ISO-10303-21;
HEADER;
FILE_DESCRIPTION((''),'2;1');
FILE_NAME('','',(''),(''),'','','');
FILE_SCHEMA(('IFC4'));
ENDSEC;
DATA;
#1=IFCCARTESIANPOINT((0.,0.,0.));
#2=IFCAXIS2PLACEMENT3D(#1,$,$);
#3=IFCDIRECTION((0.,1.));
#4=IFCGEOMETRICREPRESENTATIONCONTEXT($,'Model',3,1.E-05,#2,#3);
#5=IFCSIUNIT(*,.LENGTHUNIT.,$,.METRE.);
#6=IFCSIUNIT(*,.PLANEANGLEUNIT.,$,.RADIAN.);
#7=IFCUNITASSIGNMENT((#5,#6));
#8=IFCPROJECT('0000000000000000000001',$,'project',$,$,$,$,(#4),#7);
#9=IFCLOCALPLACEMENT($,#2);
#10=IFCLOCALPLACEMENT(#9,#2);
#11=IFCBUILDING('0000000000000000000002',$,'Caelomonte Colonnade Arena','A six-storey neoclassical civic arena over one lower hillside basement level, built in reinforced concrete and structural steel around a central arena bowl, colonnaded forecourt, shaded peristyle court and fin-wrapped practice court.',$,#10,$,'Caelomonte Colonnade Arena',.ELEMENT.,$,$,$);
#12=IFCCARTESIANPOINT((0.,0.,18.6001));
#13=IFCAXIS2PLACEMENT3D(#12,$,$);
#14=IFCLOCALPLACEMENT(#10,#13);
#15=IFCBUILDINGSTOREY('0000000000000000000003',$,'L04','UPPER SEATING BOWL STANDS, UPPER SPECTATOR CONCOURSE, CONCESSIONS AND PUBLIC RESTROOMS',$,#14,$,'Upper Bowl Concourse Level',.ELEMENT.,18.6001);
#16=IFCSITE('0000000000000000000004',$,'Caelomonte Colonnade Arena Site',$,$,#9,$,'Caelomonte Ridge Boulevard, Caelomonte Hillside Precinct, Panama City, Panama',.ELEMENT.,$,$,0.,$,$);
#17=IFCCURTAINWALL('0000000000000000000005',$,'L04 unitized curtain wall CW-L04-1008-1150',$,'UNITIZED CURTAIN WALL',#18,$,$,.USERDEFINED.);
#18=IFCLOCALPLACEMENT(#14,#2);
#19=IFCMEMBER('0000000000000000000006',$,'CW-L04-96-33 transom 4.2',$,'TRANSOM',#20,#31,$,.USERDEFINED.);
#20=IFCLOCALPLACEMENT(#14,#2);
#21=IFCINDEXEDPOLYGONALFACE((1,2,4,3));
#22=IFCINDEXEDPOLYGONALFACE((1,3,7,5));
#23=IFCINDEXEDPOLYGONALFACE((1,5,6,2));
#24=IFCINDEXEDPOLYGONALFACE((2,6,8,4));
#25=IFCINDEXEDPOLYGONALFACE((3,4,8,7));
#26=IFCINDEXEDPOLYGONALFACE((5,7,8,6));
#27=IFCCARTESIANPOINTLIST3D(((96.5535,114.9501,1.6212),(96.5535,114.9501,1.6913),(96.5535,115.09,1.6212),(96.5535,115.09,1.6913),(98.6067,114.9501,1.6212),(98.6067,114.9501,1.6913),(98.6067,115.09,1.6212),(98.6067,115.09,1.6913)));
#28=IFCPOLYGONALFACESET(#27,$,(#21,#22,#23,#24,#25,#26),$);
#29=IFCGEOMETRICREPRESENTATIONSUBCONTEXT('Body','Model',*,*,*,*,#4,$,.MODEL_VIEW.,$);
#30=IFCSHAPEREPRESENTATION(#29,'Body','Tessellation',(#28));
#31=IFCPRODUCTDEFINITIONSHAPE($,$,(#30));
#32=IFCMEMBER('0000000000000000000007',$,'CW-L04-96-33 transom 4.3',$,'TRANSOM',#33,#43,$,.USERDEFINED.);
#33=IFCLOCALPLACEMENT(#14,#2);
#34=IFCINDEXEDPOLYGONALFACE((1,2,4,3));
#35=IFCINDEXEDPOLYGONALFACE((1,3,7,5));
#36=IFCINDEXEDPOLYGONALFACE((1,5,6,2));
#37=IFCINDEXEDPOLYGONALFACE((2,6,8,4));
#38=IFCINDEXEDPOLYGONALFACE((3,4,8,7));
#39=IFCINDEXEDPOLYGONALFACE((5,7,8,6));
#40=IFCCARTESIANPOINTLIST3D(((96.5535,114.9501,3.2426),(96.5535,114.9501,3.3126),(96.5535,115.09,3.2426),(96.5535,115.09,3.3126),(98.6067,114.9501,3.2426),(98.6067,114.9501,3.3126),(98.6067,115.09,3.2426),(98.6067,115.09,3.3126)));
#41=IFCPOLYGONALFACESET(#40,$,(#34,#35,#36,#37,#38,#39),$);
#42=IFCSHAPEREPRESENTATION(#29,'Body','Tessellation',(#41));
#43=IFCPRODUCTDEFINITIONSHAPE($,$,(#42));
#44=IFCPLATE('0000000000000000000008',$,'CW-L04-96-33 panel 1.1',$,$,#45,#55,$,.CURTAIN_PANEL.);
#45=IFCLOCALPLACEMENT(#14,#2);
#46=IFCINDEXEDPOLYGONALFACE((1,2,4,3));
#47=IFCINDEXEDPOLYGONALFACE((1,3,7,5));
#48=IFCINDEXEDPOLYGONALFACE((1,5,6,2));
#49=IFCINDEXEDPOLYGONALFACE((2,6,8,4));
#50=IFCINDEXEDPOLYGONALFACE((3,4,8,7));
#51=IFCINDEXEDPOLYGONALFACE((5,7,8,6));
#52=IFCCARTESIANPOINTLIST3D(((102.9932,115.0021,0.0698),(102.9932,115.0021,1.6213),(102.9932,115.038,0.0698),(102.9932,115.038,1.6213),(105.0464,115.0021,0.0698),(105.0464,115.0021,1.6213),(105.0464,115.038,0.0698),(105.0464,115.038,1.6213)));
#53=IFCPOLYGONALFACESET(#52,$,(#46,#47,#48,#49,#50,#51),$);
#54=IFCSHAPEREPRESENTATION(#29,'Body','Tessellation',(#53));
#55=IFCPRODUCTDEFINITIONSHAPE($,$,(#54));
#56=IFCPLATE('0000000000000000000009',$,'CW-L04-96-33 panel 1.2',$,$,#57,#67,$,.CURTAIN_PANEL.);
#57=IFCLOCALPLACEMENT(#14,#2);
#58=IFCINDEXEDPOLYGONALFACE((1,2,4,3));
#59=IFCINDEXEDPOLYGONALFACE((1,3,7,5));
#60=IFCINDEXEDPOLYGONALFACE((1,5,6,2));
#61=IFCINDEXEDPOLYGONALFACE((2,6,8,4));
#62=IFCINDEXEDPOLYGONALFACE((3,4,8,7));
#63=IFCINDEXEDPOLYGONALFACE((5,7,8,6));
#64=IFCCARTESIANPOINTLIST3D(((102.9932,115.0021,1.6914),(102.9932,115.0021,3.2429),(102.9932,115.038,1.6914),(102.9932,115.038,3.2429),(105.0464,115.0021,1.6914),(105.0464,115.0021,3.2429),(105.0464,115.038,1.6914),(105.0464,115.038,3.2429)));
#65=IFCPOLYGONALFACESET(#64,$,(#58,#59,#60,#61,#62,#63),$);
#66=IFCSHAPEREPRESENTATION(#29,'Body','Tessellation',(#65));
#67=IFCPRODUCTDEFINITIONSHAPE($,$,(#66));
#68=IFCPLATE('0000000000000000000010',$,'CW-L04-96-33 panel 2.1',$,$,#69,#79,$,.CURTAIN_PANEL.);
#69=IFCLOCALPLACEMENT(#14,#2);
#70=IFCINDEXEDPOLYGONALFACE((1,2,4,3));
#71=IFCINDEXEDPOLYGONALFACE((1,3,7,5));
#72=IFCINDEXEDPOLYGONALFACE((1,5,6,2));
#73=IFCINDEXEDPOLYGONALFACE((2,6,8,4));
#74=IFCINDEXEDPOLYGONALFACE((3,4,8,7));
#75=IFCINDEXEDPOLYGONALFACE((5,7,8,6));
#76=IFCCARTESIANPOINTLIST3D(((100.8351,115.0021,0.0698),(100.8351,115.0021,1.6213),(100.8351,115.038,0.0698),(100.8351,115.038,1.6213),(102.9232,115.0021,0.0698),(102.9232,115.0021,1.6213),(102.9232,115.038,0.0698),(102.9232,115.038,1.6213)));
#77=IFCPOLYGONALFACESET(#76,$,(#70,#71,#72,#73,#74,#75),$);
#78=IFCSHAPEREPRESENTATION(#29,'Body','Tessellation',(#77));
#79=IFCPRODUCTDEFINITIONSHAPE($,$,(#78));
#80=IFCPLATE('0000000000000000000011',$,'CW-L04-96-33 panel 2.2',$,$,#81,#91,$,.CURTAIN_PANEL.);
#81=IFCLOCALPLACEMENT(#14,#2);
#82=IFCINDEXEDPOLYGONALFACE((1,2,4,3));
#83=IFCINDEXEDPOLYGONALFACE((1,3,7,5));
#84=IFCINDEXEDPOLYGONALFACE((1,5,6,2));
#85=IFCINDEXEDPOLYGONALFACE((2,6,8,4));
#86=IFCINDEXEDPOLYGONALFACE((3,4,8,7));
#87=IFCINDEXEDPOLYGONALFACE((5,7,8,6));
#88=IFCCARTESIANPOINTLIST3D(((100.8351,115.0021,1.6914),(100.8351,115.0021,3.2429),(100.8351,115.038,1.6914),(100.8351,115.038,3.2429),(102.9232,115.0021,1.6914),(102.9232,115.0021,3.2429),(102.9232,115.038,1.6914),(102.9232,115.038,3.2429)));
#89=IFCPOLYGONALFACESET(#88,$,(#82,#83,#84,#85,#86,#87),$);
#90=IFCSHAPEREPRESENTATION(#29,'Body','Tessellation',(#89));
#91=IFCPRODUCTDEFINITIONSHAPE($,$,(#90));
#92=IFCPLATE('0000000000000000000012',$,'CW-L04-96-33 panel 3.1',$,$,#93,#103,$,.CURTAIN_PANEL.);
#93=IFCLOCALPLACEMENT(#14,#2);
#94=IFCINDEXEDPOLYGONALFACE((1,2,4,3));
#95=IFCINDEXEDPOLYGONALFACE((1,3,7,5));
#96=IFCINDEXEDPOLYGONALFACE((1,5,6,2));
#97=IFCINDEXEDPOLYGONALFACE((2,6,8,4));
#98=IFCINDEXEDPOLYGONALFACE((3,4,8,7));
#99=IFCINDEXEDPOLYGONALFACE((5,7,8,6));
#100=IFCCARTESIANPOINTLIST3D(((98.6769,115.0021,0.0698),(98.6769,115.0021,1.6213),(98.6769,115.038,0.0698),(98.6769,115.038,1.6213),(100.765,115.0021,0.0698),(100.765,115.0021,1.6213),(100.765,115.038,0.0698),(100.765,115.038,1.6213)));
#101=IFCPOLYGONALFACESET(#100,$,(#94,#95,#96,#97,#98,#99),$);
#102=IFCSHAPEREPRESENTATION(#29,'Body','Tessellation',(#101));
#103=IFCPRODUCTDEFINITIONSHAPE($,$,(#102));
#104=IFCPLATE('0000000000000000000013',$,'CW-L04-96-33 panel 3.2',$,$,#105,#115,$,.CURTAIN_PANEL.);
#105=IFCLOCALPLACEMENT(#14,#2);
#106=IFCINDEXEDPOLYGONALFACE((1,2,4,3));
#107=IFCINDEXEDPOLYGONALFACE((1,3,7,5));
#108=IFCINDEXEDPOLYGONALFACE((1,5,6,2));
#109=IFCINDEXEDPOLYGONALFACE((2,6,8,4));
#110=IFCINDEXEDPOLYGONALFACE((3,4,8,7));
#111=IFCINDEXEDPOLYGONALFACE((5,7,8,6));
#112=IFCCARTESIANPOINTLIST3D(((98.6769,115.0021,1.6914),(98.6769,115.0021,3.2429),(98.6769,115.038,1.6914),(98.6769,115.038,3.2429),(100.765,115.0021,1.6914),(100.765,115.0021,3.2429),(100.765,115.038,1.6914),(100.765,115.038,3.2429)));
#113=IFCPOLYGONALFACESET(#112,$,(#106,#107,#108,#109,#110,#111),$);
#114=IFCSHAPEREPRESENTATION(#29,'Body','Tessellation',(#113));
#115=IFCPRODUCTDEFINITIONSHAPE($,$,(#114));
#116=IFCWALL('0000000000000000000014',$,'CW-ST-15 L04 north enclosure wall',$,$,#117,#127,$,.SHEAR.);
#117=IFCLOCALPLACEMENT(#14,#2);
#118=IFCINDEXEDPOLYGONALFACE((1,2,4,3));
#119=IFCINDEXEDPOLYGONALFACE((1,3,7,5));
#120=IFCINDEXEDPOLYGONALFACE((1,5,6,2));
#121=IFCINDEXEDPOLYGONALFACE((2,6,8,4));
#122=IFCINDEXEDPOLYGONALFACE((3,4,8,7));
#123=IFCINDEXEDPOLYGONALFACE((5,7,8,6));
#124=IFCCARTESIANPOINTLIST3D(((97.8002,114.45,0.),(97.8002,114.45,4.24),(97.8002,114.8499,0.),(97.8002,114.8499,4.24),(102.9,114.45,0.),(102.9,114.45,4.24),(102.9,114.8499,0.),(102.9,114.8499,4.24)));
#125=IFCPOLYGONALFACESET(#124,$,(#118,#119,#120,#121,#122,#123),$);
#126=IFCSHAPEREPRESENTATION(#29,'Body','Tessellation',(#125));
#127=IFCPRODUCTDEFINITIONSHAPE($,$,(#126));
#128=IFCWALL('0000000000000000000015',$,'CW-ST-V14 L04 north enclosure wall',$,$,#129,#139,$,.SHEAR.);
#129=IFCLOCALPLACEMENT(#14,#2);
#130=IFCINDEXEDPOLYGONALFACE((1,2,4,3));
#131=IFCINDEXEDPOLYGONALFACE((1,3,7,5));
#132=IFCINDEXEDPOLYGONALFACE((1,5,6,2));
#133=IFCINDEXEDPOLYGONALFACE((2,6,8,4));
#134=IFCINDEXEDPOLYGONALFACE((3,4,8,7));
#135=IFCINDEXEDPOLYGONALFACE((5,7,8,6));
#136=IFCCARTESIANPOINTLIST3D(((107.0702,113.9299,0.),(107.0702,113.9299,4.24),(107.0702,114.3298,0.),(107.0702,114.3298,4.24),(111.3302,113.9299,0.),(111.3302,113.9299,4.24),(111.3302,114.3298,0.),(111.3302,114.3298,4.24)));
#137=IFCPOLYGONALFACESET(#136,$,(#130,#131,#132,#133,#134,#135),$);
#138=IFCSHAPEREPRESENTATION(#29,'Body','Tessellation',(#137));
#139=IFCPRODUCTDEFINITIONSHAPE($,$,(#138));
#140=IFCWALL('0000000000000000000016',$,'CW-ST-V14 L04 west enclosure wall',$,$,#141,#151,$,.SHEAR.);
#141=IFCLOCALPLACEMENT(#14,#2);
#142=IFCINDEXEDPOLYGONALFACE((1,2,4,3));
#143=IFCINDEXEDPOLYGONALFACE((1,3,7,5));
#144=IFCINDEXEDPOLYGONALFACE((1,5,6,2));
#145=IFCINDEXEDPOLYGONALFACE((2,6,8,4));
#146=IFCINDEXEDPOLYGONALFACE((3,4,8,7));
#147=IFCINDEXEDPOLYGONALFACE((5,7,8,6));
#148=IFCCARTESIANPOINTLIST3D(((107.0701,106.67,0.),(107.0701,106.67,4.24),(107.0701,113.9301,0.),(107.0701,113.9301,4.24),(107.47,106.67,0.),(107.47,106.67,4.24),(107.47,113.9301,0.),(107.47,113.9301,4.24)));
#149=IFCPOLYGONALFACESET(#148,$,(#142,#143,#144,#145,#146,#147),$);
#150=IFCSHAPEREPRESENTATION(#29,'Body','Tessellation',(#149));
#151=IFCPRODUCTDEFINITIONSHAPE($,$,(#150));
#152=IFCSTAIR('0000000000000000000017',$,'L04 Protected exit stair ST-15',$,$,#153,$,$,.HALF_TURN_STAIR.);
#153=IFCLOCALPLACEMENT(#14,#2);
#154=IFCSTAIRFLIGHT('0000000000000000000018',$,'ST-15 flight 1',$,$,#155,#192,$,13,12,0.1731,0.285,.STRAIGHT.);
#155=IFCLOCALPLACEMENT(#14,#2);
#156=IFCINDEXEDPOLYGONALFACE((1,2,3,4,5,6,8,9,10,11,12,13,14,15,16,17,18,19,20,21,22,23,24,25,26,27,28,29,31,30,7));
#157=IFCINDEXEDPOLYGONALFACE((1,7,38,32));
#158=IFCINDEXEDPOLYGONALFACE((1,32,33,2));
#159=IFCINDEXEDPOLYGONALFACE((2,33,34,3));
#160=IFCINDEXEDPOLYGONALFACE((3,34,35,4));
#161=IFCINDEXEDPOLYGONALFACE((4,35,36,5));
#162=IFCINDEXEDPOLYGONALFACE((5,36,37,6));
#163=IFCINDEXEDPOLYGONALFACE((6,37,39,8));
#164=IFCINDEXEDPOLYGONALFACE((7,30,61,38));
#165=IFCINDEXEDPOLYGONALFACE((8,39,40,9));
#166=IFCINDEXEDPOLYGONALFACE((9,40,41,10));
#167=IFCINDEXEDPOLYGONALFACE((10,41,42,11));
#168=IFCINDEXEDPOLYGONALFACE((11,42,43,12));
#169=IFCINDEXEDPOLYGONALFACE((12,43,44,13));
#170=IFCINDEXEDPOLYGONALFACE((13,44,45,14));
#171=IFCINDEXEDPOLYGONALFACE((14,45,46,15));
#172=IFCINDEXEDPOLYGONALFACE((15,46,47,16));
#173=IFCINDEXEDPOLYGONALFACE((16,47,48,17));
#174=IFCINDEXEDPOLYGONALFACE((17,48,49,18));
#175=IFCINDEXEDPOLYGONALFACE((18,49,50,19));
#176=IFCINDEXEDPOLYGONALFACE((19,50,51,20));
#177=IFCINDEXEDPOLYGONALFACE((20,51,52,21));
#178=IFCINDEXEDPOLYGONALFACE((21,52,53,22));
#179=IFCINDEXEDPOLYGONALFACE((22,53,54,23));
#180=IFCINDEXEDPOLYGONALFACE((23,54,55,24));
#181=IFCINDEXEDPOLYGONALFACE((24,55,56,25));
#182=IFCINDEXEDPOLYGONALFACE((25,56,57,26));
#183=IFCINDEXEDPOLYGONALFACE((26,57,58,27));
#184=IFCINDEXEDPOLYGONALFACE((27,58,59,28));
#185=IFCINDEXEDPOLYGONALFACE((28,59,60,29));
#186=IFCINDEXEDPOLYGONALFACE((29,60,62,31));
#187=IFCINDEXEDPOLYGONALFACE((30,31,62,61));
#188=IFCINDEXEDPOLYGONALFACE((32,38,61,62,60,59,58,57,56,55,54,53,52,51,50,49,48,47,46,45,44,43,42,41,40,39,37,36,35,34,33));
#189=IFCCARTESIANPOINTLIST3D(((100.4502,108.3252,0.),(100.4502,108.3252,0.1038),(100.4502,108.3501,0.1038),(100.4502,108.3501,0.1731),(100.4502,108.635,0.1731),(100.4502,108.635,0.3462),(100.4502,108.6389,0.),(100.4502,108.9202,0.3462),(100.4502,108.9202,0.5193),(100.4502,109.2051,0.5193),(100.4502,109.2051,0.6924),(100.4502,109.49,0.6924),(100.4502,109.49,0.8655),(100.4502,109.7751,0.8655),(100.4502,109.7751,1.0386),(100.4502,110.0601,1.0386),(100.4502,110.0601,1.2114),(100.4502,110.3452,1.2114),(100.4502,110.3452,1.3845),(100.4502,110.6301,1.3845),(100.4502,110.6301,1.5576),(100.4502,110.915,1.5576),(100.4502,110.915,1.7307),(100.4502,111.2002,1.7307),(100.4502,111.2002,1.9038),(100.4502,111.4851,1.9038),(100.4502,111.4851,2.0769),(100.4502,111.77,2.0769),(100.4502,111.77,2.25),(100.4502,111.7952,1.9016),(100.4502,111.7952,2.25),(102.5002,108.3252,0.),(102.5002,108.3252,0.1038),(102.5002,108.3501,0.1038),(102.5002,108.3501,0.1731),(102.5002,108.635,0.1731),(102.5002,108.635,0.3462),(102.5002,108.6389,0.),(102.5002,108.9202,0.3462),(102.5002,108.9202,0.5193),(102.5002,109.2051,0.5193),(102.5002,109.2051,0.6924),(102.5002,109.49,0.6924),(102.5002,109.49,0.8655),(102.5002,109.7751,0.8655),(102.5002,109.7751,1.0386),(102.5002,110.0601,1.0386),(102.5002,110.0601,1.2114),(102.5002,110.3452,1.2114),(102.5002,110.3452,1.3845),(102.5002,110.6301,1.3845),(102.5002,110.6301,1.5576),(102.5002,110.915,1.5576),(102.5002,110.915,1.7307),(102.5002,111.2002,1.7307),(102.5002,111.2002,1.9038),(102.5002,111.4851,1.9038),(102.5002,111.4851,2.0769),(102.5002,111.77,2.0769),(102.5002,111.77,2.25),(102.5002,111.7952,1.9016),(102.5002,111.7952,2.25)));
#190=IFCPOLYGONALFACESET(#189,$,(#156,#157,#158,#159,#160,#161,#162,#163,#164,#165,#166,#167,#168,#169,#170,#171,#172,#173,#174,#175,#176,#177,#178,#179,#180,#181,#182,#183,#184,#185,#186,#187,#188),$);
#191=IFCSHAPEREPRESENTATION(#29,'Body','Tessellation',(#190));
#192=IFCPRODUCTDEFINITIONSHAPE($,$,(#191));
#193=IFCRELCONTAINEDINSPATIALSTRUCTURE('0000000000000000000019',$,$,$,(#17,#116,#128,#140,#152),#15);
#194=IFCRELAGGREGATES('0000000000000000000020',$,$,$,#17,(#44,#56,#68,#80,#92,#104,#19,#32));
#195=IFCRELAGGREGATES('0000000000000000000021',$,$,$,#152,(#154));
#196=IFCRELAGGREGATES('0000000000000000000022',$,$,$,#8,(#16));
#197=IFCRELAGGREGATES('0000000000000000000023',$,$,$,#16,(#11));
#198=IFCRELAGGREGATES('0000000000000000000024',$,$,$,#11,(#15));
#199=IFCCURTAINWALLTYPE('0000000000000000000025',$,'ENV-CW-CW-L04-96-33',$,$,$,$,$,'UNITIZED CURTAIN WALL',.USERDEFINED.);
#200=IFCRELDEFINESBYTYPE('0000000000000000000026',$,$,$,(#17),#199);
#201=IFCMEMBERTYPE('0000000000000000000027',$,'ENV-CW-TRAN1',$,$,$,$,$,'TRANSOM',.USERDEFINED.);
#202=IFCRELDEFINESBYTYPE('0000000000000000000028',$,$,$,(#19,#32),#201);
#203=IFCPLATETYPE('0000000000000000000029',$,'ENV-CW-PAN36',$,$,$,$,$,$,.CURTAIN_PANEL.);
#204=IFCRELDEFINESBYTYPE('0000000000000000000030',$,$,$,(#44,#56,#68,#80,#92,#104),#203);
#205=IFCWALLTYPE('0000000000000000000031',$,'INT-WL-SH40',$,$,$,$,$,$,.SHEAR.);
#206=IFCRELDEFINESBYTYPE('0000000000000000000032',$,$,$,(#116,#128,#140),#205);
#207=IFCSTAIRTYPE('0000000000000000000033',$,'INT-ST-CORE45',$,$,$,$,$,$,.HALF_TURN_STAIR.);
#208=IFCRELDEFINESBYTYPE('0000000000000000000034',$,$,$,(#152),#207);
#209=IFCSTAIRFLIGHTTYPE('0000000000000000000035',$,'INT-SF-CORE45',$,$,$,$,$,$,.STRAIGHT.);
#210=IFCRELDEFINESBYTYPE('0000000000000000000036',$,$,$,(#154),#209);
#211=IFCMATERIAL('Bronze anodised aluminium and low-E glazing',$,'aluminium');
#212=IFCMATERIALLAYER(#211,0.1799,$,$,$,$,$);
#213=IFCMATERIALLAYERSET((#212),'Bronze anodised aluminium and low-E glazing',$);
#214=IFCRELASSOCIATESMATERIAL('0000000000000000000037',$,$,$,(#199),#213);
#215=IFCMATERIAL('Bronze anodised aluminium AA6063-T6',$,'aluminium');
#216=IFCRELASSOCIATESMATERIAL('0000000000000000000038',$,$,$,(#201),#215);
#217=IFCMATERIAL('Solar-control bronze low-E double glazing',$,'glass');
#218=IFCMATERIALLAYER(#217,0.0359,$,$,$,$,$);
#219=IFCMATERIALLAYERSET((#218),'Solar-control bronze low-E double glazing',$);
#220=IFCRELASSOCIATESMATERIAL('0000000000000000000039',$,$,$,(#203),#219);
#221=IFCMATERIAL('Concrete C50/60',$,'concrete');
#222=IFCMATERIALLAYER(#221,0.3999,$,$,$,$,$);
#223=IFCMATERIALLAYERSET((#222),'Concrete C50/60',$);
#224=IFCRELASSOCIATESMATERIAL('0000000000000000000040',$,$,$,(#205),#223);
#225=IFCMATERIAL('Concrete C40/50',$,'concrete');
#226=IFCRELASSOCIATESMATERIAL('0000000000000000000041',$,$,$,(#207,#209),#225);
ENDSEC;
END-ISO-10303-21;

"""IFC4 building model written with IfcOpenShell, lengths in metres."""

from ifc_helpers import new_model, si_unit, direction, frame, frame_2d, origin, origin_2d, place, context, subcontext, project, spatial, polyline, rectangle, outline, extrude, material, layer, layer_set, material_profile, profile_set, type_object, element, aggregate, save


model = new_model("IFC4")

# Units and contexts
model_context = context("Model", 3, precision=1e-05, world=origin(), true_north=direction((0.0, 1.0)))
body_context = subcontext(model_context, "Body", "Model", "MODEL_VIEW")
ifc_project = project(units=[si_unit("LENGTHUNIT", "METRE"), si_unit("PLANEANGLEUNIT", "RADIAN")], contexts=[model_context])

# Site, building, storey
site_placement = place(None, origin())
site = spatial("IfcSite", under=ifc_project, at=site_placement, Name="Caelomonte Colonnade Arena Site", LongName="Caelomonte Ridge Boulevard, Caelomonte Hillside Precinct, Panama City, Panama", CompositionType="ELEMENT", RefElevation=0.0)
building_placement = place(site_placement, origin())
building = spatial("IfcBuilding", under=site, at=building_placement, Name="Caelomonte Colonnade Arena", Description="A six-storey neoclassical civic arena over one lower hillside basement level, built in reinforced concrete and structural steel around a central arena bowl, colonnaded forecourt, shaded peristyle court and fin-wrapped practice court.", LongName="Caelomonte Colonnade Arena", CompositionType="ELEMENT")
storey_placement = place(building_placement, frame((0.0, 0.0, 18.6001)))
storey = spatial("IfcBuildingStorey", under=building, at=storey_placement, Name="L04", Description="UPPER SEATING BOWL STANDS, UPPER SPECTATOR CONCOURSE, CONCESSIONS AND PUBLIC RESTROOMS", LongName="Upper Bowl Concourse Level", CompositionType="ELEMENT", Elevation=18.6001)

# Shared definitions
ifc_material_1 = material(Name="Bronze anodised aluminium and low-E glazing", Category="aluminium")
ifc_layer_1 = layer(ifc_material_1, 0.1799)
ifc_layer_set_1 = layer_set([ifc_layer_1], Name="Bronze anodised aluminium and low-E glazing")
curtain_wall_type = type_object("IfcCurtainWallType", Name="ENV-CW-CW-L04-96-33", ElementType="UNITIZED CURTAIN WALL", PredefinedType="USERDEFINED", material=ifc_layer_set_1)
ifc_material_2 = material(Name="Bronze anodised aluminium AA6063-T6", Category="aluminium")

# Curtain wall, members, plates
curtain_wall_1_placement = place(storey_placement, origin())
curtain_wall_1 = element("IfcCurtainWall", 1, at=curtain_wall_1_placement, inside=storey, type_object=curtain_wall_type, Name="L04 unitized curtain wall CW-L04-1008-1150", ObjectType="UNITIZED CURTAIN WALL", PredefinedType="USERDEFINED")
ifc_material_profile_1 = material_profile(ifc_material_2, rectangle(XDim=0.0701, YDim=0.1399, at=origin_2d()), Name="CWT-70X140")
ifc_profile_set_1 = profile_set([ifc_material_profile_1], Name="Bronze anodised aluminium AA6063-T6")
member_type_1 = type_object("IfcMemberType", Name="ENV-CW-TRAN1", ElementType="TRANSOM", PredefinedType="USERDEFINED", material=ifc_profile_set_1)
member_1_placement = place(storey_placement, frame((98.6067, 115.02, 1.6562), z_axis=(-1.0, 0.0, 0.0), x_axis=(0.0, 0.0, 1.0)))
member_1 = element("IfcMember", 2, at=member_1_placement, type_object=member_type_1, Name="CW-L04-96-33 transom 4.2", ObjectType="TRANSOM", PredefinedType="USERDEFINED", context=body_context, shape_type="SweptSolid", body=[
    extrude(rectangle(XDim=0.0701, YDim=0.1399, at=origin_2d()), origin(), (0.0, 0.0, 1.0), 2.0532),
])
member_2_placement = place(storey_placement, frame((98.6067, 115.02, 3.2776), z_axis=(-1.0, 0.0, 0.0), x_axis=(0.0, 0.0, 1.0)))
member_2 = element("IfcMember", 3, at=member_2_placement, type_object=member_type_1, Name="CW-L04-96-33 transom 4.3", ObjectType="TRANSOM", PredefinedType="USERDEFINED", context=body_context, shape_type="SweptSolid", body=[
    extrude(rectangle(XDim=0.0701, YDim=0.1399, at=origin_2d()), origin(), (0.0, 0.0, 1.0), 2.0532),
])
ifc_material_3 = material(Name="Solar-control bronze low-E double glazing", Category="glass")
ifc_layer_2 = layer(ifc_material_3, 0.0359)
ifc_layer_set_2 = layer_set([ifc_layer_2], Name="Solar-control bronze low-E double glazing")
plate_type = type_object("IfcPlateType", Name="ENV-CW-PAN36", PredefinedType="CURTAIN_PANEL", material=ifc_layer_set_2)
plate_1_placement = place(storey_placement, frame((104.0198, 115.02, 0.0698), z_axis=(0.0, 0.0, 1.0), x_axis=(-1.0, 0.0, 0.0)))
plate_1 = element("IfcPlate", 4, at=plate_1_placement, type_object=plate_type, Name="CW-L04-96-33 panel 1.1", PredefinedType="CURTAIN_PANEL", context=body_context, shape_type="SweptSolid", body=[
    extrude(rectangle(XDim=2.0532, YDim=0.0359, at=origin_2d()), origin(), (0.0, 0.0, 1.0), 1.5515),
])
plate_2_placement = place(storey_placement, frame((104.0198, 115.02, 1.6914), z_axis=(0.0, 0.0, 1.0), x_axis=(-1.0, 0.0, 0.0)))
plate_2 = element("IfcPlate", 5, at=plate_2_placement, type_object=plate_type, Name="CW-L04-96-33 panel 1.2", PredefinedType="CURTAIN_PANEL", context=body_context, shape_type="SweptSolid", body=[
    extrude(rectangle(XDim=2.0532, YDim=0.0359, at=origin_2d()), origin(), (0.0, 0.0, 1.0), 1.5515),
])
plate_3_placement = place(storey_placement, frame((101.8792, 115.02, 0.0698), z_axis=(0.0, 0.0, 1.0), x_axis=(-1.0, 0.0, 0.0)))
plate_3 = element("IfcPlate", 6, at=plate_3_placement, type_object=plate_type, Name="CW-L04-96-33 panel 2.1", PredefinedType="CURTAIN_PANEL", context=body_context, shape_type="SweptSolid", body=[
    extrude(rectangle(XDim=2.0881, YDim=0.0359, at=origin_2d()), origin(), (0.0, 0.0, 1.0), 1.5515),
])
plate_4_placement = place(storey_placement, frame((101.8792, 115.02, 1.6914), z_axis=(0.0, 0.0, 1.0), x_axis=(-1.0, 0.0, 0.0)))
plate_4 = element("IfcPlate", 7, at=plate_4_placement, type_object=plate_type, Name="CW-L04-96-33 panel 2.2", PredefinedType="CURTAIN_PANEL", context=body_context, shape_type="SweptSolid", body=[
    extrude(rectangle(XDim=2.0881, YDim=0.0359, at=origin_2d()), origin(), (0.0, 0.0, 1.0), 1.5515),
])
plate_5_placement = place(storey_placement, frame((99.7209, 115.02, 0.0698), z_axis=(0.0, 0.0, 1.0), x_axis=(-1.0, 0.0, 0.0)))
plate_5 = element("IfcPlate", 8, at=plate_5_placement, type_object=plate_type, Name="CW-L04-96-33 panel 3.1", PredefinedType="CURTAIN_PANEL", context=body_context, shape_type="SweptSolid", body=[
    extrude(rectangle(XDim=2.0881, YDim=0.0359, at=origin_2d()), origin(), (0.0, 0.0, 1.0), 1.5515),
])
plate_6_placement = place(storey_placement, frame((99.7209, 115.02, 1.6914), z_axis=(0.0, 0.0, 1.0), x_axis=(-1.0, 0.0, 0.0)))
plate_6 = element("IfcPlate", 9, at=plate_6_placement, type_object=plate_type, Name="CW-L04-96-33 panel 3.2", PredefinedType="CURTAIN_PANEL", context=body_context, shape_type="SweptSolid", body=[
    extrude(rectangle(XDim=2.0881, YDim=0.0359, at=origin_2d()), origin(), (0.0, 0.0, 1.0), 1.5515),
])
aggregate(curtain_wall_1, [plate_1, plate_2, plate_3, plate_4, plate_5, plate_6, member_1, member_2])

# Walls
ifc_material_4 = material(Name="Concrete C50/60", Category="concrete")
ifc_layer_3 = layer(ifc_material_4, 0.3999)
ifc_layer_set_3 = layer_set([ifc_layer_3], Name="Concrete C50/60")
wall_type = type_object("IfcWallType", Name="INT-WL-SH40", PredefinedType="SHEAR", material=ifc_layer_set_3)
wall_1_placement = place(storey_placement, frame((102.8999, 114.6499, 0.0), z_axis=(0.0, 0.0, 1.0), x_axis=(-1.0, 0.0, 0.0)))
element("IfcWall", 10, at=wall_1_placement, inside=storey, type_object=wall_type, Name="CW-ST-15 L04 north enclosure wall", PredefinedType="SHEAR", context=body_context, shape_type="SweptSolid", body=[
    extrude(rectangle(XDim=5.0999, YDim=0.3999, at=frame_2d((2.5498, 0.0))), origin(), (0.0, 0.0, 1.0), 4.24),
])
wall_2_placement = place(storey_placement, frame((111.3301, 114.1299, 0.0), z_axis=(0.0, 0.0, 1.0), x_axis=(-1.0, 0.0, 0.0)))
element("IfcWall", 11, at=wall_2_placement, inside=storey, type_object=wall_type, Name="CW-ST-V14 L04 north enclosure wall", PredefinedType="SHEAR", context=body_context, shape_type="SweptSolid", body=[
    extrude(rectangle(XDim=4.26, YDim=0.3999, at=frame_2d((2.1299, 0.0))), origin(), (0.0, 0.0, 1.0), 4.24),
])
wall_3_placement = place(storey_placement, frame((107.27, 113.9299, 0.0), z_axis=(0.0, 0.0, 1.0), x_axis=(0.0, -1.0, 0.0)))
element("IfcWall", 12, at=wall_3_placement, inside=storey, type_object=wall_type, Name="CW-ST-V14 L04 west enclosure wall", PredefinedType="SHEAR", context=body_context, shape_type="SweptSolid", body=[
    extrude(rectangle(XDim=7.26, YDim=0.3999, at=frame_2d((3.6299, 0.0))), origin(), (0.0, 0.0, 1.0), 4.24),
])

# Stair, stair flight
ifc_material_5 = material(Name="Concrete C40/50", Category="concrete")
stair_type = type_object("IfcStairType", Name="INT-ST-CORE45", PredefinedType="HALF_TURN_STAIR", material=ifc_material_5)
stair_placement = place(storey_placement, origin())
stair = element("IfcStair", 13, at=stair_placement, inside=storey, type_object=stair_type, Name="L04 Protected exit stair ST-15", PredefinedType="HALF_TURN_STAIR")
stair_flight_type = type_object("IfcStairFlightType", Name="INT-SF-CORE45", PredefinedType="STRAIGHT", material=ifc_material_5)
stair_flight_1_placement = place(storey_placement, frame((101.4751, 108.3501, 0.0), z_axis=(0.0, 0.0, 1.0), x_axis=(0.0, 1.0, 0.0)))
stair_flight_1 = element("IfcStairFlight", 14, at=stair_flight_1_placement, type_object=stair_flight_type, Name="ST-15 flight 1", NumberOfRisers=13, NumberOfTreads=12, PredefinedType="STRAIGHT", RiserHeight=0.1731, TreadLength=0.285, context=body_context, shape_type="SweptSolid", body=[
    extrude(outline(polyline([(-0.0249, 0.0), (-0.0249, 0.1038), (0.0, 0.1038), (0.0, 0.1731), (0.2849, 0.1731), (0.2849, 0.3462), (0.5701, 0.3462), (0.5701, 0.5193), (0.855, 0.5193), (0.855, 0.6924), (1.1399, 0.6924), (1.1399, 0.8655), (1.425, 0.8655), (1.425, 1.0386), (1.71, 1.0386), (1.71, 1.2114), (1.9951, 1.2114), (1.9951, 1.3845), (2.28, 1.3845), (2.28, 1.5576), (2.5649, 1.5576), (2.5649, 1.7307), (2.8501, 1.7307), (2.8501, 1.9038), (3.135, 1.9038), (3.135, 2.0769), (3.4199, 2.0769), (3.4199, 2.25), (3.4451, 2.25), (3.4451, 1.9016), (0.2888, 0.0), (-0.0249, 0.0)])), frame((0.0, 1.0249, 0.0), z_axis=(0.0, -1.0, 0.0), x_axis=(1.0, 0.0, 0.0)), (0.0, 0.0, 1.0), 2.05),
])
aggregate(stair, [stair_flight_1])

save(model, "model.ifc")
